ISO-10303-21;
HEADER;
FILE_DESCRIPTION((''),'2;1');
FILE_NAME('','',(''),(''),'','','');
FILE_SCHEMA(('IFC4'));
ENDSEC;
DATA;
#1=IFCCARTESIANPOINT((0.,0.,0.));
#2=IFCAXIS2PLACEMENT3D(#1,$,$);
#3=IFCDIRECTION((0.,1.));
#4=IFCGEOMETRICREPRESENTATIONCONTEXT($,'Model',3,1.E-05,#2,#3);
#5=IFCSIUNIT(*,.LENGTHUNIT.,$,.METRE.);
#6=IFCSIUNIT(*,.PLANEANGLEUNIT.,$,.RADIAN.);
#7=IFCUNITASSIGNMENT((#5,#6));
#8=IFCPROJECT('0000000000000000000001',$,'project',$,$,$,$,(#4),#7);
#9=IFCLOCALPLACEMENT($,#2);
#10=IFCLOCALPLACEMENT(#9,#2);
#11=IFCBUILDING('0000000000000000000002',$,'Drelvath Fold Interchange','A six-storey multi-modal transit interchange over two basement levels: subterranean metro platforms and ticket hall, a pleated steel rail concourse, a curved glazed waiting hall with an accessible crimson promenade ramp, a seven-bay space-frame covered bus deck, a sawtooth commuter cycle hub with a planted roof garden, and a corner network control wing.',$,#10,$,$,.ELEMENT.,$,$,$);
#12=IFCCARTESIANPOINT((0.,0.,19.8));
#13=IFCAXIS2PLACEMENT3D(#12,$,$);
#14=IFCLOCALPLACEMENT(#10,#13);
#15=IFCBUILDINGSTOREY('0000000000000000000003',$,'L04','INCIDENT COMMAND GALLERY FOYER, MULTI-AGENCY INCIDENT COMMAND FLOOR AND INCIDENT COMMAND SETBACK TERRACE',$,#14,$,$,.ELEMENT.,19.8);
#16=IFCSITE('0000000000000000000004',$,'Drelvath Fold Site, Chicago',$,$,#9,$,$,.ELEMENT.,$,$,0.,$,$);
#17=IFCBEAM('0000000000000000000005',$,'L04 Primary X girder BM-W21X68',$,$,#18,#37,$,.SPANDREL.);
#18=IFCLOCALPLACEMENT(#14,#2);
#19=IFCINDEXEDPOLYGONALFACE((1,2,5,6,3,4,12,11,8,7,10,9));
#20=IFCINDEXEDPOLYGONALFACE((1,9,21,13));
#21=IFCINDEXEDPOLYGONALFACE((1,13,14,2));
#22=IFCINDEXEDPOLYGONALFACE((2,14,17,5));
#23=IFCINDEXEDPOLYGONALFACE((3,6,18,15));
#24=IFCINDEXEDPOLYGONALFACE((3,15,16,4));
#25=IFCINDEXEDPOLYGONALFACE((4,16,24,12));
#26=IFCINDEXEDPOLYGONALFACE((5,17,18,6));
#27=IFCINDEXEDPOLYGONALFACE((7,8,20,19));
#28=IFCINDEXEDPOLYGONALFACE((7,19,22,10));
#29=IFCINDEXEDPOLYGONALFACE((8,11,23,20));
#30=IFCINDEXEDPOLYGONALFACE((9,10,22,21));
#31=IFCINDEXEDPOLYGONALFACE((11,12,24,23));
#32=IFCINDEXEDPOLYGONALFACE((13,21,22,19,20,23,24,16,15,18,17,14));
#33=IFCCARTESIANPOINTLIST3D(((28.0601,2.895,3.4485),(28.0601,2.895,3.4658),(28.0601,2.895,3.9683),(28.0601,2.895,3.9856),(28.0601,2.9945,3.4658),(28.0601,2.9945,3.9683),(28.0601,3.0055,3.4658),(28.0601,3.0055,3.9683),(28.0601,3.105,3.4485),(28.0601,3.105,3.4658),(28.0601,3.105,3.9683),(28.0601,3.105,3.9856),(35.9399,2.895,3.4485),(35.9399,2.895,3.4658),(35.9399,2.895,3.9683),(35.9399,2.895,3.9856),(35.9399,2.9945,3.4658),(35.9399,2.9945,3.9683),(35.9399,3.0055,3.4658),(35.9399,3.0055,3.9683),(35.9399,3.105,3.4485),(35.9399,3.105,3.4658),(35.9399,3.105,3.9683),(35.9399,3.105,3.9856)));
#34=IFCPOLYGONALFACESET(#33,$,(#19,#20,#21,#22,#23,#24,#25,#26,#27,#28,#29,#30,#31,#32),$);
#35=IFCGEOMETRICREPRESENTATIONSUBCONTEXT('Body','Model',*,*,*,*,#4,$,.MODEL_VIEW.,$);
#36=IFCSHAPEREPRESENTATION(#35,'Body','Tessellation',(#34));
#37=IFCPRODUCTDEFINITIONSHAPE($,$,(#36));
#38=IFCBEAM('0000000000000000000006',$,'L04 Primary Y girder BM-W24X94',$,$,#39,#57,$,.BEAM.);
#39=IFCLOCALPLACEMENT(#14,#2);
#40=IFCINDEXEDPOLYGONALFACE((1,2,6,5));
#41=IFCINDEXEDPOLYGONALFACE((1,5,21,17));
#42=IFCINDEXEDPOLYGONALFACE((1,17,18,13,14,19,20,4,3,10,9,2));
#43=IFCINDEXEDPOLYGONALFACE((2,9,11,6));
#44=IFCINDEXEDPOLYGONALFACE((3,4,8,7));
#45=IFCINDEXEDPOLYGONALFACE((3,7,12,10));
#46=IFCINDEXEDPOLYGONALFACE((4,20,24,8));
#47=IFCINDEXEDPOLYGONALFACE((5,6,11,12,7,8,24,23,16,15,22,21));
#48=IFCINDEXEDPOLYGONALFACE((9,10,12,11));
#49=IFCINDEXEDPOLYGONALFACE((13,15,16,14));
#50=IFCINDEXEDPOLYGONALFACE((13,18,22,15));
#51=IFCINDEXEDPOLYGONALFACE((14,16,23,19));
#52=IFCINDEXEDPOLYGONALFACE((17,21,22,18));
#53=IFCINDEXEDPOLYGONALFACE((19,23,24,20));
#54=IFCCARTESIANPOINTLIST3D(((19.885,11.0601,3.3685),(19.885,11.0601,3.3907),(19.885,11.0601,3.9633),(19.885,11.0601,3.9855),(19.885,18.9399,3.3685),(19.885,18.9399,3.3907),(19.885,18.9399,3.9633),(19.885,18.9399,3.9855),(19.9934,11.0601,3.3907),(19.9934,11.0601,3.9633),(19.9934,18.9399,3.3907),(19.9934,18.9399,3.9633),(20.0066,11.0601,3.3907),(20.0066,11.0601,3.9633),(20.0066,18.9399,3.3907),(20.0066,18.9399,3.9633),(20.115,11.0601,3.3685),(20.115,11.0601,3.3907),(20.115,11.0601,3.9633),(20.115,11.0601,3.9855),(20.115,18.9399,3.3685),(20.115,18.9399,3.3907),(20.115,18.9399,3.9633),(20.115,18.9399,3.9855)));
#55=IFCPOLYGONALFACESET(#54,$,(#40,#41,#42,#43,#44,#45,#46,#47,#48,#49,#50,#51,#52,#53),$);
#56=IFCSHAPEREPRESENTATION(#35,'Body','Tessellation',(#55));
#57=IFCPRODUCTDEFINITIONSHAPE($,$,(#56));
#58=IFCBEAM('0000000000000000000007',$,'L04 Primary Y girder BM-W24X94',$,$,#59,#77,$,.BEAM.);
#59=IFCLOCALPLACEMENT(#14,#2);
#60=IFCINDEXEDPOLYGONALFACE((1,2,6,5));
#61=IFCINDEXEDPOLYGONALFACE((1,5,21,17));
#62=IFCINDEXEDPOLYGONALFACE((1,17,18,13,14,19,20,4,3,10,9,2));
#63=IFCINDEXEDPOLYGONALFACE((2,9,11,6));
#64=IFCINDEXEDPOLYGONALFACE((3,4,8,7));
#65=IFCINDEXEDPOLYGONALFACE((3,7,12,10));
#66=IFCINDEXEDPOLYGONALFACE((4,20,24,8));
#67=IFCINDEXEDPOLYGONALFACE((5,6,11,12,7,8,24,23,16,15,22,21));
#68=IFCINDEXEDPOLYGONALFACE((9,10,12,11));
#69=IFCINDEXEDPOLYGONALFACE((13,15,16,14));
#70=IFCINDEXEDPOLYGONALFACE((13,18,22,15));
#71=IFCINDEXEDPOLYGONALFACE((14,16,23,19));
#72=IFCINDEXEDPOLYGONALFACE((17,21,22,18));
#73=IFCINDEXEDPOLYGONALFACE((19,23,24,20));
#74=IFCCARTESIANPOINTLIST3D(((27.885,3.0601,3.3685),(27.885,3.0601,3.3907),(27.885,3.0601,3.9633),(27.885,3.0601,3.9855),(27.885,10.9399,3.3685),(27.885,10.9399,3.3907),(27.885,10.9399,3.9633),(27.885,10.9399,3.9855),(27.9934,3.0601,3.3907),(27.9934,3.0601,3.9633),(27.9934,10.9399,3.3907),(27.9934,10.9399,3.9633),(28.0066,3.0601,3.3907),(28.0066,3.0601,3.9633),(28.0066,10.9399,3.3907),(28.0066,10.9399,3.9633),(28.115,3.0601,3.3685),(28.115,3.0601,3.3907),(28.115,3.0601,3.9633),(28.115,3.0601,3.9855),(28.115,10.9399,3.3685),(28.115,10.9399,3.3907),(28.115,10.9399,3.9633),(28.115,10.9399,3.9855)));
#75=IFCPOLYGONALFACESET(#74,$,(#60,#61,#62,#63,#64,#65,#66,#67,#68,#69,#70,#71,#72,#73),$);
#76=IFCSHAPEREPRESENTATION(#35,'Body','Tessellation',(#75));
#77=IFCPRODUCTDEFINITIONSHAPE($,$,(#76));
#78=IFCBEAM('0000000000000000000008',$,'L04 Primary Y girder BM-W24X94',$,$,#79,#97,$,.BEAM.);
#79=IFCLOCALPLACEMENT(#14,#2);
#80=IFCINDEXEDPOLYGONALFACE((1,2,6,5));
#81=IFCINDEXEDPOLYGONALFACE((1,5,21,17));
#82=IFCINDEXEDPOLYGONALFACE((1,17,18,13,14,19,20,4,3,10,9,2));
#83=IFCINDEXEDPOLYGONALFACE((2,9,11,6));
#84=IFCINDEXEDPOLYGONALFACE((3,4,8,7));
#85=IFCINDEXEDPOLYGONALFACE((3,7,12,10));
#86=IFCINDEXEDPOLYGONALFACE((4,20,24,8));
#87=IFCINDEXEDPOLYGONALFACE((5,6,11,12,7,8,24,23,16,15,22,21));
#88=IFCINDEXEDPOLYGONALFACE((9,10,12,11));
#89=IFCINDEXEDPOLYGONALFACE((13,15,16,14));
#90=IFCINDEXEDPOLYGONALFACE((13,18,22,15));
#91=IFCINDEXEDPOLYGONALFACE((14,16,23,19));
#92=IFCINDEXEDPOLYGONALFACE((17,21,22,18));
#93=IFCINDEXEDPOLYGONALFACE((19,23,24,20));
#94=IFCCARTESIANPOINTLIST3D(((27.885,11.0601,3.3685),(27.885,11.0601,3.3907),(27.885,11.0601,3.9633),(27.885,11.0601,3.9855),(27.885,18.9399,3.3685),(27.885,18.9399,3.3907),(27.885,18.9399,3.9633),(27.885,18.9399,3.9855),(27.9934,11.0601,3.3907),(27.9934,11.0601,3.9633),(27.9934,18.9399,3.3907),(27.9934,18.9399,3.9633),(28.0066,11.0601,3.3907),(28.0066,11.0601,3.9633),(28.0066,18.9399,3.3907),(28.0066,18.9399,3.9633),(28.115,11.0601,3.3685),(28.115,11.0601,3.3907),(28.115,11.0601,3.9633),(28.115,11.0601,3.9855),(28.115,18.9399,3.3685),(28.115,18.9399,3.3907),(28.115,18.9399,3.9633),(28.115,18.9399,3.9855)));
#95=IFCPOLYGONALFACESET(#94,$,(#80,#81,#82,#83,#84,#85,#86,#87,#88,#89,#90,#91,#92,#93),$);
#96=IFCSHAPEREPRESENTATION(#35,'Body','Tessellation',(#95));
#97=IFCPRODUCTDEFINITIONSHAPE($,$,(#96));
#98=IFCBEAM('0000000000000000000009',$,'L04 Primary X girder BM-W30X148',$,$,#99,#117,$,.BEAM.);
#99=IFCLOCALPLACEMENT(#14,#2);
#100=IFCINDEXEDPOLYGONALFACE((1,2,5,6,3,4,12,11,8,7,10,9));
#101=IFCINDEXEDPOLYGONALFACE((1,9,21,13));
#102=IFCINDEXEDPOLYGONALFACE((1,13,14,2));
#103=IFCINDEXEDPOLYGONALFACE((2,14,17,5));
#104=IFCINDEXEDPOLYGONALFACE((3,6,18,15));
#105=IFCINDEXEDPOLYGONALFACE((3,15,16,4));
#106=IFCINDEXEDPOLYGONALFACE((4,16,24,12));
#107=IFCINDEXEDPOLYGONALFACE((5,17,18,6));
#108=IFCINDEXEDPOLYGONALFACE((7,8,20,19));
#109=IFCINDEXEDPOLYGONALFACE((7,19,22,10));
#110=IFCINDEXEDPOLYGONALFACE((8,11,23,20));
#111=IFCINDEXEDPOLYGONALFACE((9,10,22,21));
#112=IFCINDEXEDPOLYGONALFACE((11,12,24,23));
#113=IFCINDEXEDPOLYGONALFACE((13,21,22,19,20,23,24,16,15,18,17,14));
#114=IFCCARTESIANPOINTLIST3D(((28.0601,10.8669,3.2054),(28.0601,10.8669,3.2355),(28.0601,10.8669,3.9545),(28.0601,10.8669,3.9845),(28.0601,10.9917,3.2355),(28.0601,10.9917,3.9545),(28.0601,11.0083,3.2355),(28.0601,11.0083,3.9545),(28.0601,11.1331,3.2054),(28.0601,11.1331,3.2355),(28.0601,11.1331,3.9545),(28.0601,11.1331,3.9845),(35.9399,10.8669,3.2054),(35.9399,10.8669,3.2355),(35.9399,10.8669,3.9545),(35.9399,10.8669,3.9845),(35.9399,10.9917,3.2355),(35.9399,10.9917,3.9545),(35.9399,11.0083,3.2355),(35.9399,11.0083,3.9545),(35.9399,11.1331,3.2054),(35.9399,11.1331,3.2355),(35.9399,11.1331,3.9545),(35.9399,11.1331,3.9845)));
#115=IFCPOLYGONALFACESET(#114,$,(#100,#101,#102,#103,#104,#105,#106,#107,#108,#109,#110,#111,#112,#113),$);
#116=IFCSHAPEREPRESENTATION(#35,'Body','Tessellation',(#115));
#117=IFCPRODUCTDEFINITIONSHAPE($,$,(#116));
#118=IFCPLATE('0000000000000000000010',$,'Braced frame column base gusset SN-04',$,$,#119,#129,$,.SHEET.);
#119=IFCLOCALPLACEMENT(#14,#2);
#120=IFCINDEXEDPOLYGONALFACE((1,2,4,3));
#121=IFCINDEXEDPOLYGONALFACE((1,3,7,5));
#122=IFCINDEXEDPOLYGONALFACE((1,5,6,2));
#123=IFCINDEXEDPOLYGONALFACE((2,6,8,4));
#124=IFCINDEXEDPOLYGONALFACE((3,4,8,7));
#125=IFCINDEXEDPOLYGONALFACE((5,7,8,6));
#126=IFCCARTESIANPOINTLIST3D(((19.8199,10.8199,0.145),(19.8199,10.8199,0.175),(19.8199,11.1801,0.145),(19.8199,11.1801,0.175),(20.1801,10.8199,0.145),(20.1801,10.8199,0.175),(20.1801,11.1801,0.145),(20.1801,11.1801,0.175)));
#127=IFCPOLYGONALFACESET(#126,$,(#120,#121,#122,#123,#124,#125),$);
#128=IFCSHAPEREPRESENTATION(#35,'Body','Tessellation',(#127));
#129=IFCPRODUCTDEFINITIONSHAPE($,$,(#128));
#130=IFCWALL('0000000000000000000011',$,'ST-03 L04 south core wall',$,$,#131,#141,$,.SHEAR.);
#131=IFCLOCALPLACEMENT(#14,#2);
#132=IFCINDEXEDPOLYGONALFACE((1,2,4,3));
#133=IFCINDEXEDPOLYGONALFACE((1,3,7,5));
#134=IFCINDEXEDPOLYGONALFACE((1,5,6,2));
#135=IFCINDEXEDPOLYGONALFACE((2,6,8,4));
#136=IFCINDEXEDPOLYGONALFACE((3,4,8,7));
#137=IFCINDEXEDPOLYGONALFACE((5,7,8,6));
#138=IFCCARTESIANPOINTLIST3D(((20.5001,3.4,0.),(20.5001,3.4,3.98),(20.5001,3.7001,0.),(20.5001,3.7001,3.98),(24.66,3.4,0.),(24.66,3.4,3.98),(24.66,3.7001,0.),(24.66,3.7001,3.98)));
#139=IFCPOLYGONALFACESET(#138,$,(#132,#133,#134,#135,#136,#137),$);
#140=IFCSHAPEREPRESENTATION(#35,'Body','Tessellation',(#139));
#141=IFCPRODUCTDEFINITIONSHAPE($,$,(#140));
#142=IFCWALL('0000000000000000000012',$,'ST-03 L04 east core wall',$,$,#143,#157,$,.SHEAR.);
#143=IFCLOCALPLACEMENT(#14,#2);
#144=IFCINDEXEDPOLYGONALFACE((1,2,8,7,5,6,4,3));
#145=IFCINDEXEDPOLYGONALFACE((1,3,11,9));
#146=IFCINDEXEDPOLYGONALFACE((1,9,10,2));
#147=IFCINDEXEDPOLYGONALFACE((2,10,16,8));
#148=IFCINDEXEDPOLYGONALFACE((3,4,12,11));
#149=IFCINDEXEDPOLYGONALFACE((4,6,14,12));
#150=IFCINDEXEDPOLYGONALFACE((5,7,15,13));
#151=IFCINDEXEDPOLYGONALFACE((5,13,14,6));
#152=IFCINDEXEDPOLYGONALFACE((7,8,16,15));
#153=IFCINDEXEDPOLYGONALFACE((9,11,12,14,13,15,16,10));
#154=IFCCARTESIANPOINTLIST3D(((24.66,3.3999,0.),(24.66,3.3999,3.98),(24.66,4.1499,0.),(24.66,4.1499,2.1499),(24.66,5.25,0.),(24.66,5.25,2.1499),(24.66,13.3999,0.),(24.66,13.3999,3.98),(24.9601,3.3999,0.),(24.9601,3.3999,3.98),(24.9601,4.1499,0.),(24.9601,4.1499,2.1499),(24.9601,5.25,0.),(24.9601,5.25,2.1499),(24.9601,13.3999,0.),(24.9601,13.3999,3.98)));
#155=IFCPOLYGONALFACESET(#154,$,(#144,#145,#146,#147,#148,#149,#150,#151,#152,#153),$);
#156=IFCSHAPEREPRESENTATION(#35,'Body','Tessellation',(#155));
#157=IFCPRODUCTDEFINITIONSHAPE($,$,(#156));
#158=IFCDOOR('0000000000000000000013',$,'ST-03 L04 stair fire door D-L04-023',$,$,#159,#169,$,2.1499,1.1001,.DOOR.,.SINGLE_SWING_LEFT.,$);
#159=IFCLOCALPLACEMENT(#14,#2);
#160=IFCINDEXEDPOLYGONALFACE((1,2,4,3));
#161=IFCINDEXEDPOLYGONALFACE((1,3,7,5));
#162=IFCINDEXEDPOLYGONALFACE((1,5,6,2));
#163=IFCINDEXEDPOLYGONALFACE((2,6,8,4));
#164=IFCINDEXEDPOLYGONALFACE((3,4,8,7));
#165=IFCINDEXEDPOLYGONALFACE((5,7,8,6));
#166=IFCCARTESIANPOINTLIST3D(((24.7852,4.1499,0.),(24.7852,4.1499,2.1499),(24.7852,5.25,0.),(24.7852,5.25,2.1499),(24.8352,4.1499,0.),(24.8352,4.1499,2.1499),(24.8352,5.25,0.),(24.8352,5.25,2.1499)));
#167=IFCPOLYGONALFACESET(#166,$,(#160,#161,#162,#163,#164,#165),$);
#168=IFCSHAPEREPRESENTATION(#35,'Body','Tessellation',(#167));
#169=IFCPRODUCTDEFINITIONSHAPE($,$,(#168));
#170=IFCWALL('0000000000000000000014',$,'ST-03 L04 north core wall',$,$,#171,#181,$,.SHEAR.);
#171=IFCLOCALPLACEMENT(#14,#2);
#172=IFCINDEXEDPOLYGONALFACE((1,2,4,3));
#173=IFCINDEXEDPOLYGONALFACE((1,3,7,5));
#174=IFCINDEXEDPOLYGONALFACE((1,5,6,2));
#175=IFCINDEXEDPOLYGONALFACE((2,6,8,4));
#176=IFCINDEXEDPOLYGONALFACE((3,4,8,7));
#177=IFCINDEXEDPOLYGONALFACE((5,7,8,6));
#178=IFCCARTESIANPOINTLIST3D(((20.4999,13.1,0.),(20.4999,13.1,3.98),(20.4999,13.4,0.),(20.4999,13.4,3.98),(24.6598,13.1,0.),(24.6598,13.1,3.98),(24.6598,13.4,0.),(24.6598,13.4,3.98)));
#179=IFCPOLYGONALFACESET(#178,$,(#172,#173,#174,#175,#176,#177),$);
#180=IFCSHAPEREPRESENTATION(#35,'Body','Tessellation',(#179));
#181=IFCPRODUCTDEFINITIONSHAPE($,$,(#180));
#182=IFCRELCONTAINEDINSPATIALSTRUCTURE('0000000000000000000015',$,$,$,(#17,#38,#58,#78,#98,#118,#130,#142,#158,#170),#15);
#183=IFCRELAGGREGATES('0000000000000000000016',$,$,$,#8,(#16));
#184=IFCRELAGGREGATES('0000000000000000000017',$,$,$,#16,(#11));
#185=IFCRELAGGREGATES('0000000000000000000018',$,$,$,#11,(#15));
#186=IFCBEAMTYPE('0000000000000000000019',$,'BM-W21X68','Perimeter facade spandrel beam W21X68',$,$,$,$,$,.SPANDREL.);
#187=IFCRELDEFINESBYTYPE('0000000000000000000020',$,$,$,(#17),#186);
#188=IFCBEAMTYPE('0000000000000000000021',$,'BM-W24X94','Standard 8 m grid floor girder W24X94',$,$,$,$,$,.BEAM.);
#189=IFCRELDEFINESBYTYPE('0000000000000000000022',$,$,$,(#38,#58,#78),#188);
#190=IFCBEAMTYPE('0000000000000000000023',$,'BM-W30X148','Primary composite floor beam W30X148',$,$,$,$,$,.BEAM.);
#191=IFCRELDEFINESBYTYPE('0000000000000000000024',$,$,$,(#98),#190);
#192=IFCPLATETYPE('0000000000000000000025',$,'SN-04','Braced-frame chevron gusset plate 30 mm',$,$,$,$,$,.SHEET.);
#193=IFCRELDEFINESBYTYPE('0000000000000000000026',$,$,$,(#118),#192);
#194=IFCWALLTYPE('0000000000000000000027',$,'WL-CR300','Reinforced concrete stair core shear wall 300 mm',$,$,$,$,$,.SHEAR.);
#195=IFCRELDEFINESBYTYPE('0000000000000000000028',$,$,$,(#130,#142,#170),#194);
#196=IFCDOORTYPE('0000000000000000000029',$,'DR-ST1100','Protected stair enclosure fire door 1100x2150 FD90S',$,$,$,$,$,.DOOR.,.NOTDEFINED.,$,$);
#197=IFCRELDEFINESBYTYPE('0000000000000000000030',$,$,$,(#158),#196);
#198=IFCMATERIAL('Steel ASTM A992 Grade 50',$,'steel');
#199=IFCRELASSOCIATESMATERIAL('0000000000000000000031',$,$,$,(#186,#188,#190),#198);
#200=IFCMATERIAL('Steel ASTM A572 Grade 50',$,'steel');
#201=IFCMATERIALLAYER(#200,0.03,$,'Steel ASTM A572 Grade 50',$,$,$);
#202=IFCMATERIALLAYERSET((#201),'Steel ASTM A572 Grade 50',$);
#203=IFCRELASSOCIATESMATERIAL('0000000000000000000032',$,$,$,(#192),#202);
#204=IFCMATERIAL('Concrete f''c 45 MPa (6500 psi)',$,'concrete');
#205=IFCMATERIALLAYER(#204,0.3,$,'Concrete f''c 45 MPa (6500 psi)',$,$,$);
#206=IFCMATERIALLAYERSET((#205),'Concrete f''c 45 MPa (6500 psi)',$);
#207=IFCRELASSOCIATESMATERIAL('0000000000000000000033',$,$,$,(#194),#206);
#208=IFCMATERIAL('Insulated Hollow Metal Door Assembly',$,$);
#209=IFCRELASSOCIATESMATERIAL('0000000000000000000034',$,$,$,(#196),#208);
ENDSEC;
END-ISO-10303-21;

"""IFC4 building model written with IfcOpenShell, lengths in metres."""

from ifc_helpers import new_model, si_unit, direction, frame, frame_2d, origin, origin_2d, place, context, subcontext, project, spatial, rectangle, i_section, extrude, material, layer, layer_set, material_profile, profile_set, type_object, element, fill, save


model = new_model("IFC4")

# Units and contexts
model_context = context("Model", 3, precision=1e-05, world=origin(), true_north=direction((0.0, 1.0)))
body_context = subcontext(model_context, "Body", "Model", "MODEL_VIEW")
ifc_project = project(units=[si_unit("LENGTHUNIT", "METRE"), si_unit("PLANEANGLEUNIT", "RADIAN")], contexts=[model_context])

# Site, building, storey
site_placement = place(None, origin())
site = spatial("IfcSite", under=ifc_project, at=site_placement, Name="Drelvath Fold Site, Chicago", CompositionType="ELEMENT", RefElevation=0.0)
building_placement = place(site_placement, origin())
building = spatial("IfcBuilding", under=site, at=building_placement, Name="Drelvath Fold Interchange", Description="A six-storey multi-modal transit interchange over two basement levels: subterranean metro platforms and ticket hall, a pleated steel rail concourse, a curved glazed waiting hall with an accessible crimson promenade ramp, a seven-bay space-frame covered bus deck, a sawtooth commuter cycle hub with a planted roof garden, and a corner network control wing.", CompositionType="ELEMENT")
storey_placement = place(building_placement, frame((0.0, 0.0, 19.8)))
storey = spatial("IfcBuildingStorey", under=building, at=storey_placement, Name="L04", Description="INCIDENT COMMAND GALLERY FOYER, MULTI-AGENCY INCIDENT COMMAND FLOOR AND INCIDENT COMMAND SETBACK TERRACE", CompositionType="ELEMENT", Elevation=19.8)

# Shared definitions
ifc_material_1 = material(Name="Steel ASTM A992 Grade 50", Category="steel")

# Beams
ifc_material_profile_1 = material_profile(ifc_material_1, i_section(OverallWidth=0.21, OverallDepth=0.5371, WebThickness=0.011, FlangeThickness=0.0173, at=origin_2d()), Name="W21X68")
ifc_profile_set_1 = profile_set([ifc_material_profile_1], Name="Steel ASTM A992 Grade 50")
beam_type_1 = type_object("IfcBeamType", Name="BM-W21X68", Description="Perimeter facade spandrel beam W21X68", PredefinedType="SPANDREL", material=ifc_profile_set_1)
for number, where, z_axis, x_axis, name in (
    (1, (28.0601, 3.0, 3.717), (1.0, 0.0, 0.0), (0.0, 1.0, 0.0), "L04 Primary X girder BM-W21X68"),
):
    element("IfcBeam", number, at=place(storey_placement, frame(where, z_axis=z_axis, x_axis=x_axis)), inside=storey, type_object=beam_type_1, Name=name, PredefinedType="SPANDREL", context=body_context, shape_type="SweptSolid", body=[
        extrude(i_section(OverallWidth=0.21, OverallDepth=0.5371, WebThickness=0.011, FlangeThickness=0.0173, at=origin_2d()), origin(), (0.0, 0.0, 1.0), 7.8799),
    ])
ifc_material_profile_2 = material_profile(ifc_material_1, i_section(OverallWidth=0.23, OverallDepth=0.6169, WebThickness=0.0132, FlangeThickness=0.0222, at=origin_2d()), Name="W24X94")
ifc_profile_set_2 = profile_set([ifc_material_profile_2], Name="Steel ASTM A992 Grade 50")
beam_type_2 = type_object("IfcBeamType", Name="BM-W24X94", Description="Standard 8 m grid floor girder W24X94", PredefinedType="BEAM", material=ifc_profile_set_2)
for number, where, z_axis, x_axis, name in (
    (2, (20.0, 11.0601, 3.677), (0.0, 1.0, 0.0), (-1.0, 0.0, 0.0), "L04 Primary Y girder BM-W24X94"),
    (3, (28.0, 3.0601, 3.677), (0.0, 1.0, 0.0), (-1.0, 0.0, 0.0), "L04 Primary Y girder BM-W24X94"),
    (4, (28.0, 11.0601, 3.677), (0.0, 1.0, 0.0), (-1.0, 0.0, 0.0), "L04 Primary Y girder BM-W24X94"),
):
    element("IfcBeam", number, at=place(storey_placement, frame(where, z_axis=z_axis, x_axis=x_axis)), inside=storey, type_object=beam_type_2, Name=name, PredefinedType="BEAM", context=body_context, shape_type="SweptSolid", body=[
        extrude(i_section(OverallWidth=0.23, OverallDepth=0.6169, WebThickness=0.0132, FlangeThickness=0.0222, at=origin_2d()), origin(), (0.0, 0.0, 1.0), 7.8799),
    ])
ifc_material_profile_3 = material_profile(ifc_material_1, i_section(OverallWidth=0.2661, OverallDepth=0.7791, WebThickness=0.0166, FlangeThickness=0.03, at=origin_2d()), Name="W30X148")
ifc_profile_set_3 = profile_set([ifc_material_profile_3], Name="Steel ASTM A992 Grade 50")
beam_type_3 = type_object("IfcBeamType", Name="BM-W30X148", Description="Primary composite floor beam W30X148", PredefinedType="BEAM", material=ifc_profile_set_3)
beam_placement = place(storey_placement, frame((28.0601, 11.0, 3.595), z_axis=(1.0, 0.0, 0.0), x_axis=(0.0, 1.0, 0.0)))
element("IfcBeam", 5, at=beam_placement, inside=storey, type_object=beam_type_3, Name="L04 Primary X girder BM-W30X148", PredefinedType="BEAM", context=body_context, shape_type="SweptSolid", body=[
    extrude(i_section(OverallWidth=0.2661, OverallDepth=0.7791, WebThickness=0.0166, FlangeThickness=0.03, at=origin_2d()), origin(), (0.0, 0.0, 1.0), 7.8799),
])

# Plate
ifc_material_2 = material(Name="Steel ASTM A572 Grade 50", Category="steel")
ifc_layer_1 = layer(ifc_material_2, 0.03, Name="Steel ASTM A572 Grade 50")
ifc_layer_set_1 = layer_set([ifc_layer_1], Name="Steel ASTM A572 Grade 50")
plate_type = type_object("IfcPlateType", Name="SN-04", Description="Braced-frame chevron gusset plate 30 mm", PredefinedType="SHEET", material=ifc_layer_set_1)
plate_placement = place(storey_placement, frame((20.0, 11.0, 0.145), z_axis=(0.0, 0.0, 1.0), x_axis=(1.0, 0.0, 0.0)))
element("IfcPlate", 6, at=plate_placement, inside=storey, type_object=plate_type, Name="Braced frame column base gusset SN-04", PredefinedType="SHEET", context=body_context, shape_type="SweptSolid", body=[
    extrude(rectangle(XDim=0.3601, YDim=0.3601, at=origin_2d()), origin(), (0.0, 0.0, 1.0), 0.03),
])

# Wall
ifc_material_3 = material(Name="Concrete f'c 45 MPa (6500 psi)", Category="concrete")
ifc_layer_2 = layer(ifc_material_3, 0.3, Name="Concrete f'c 45 MPa (6500 psi)")
ifc_layer_set_2 = layer_set([ifc_layer_2], Name="Concrete f'c 45 MPa (6500 psi)")
wall_type_1 = type_object("IfcWallType", Name="WL-CR300", Description="Reinforced concrete stair core shear wall 300 mm", PredefinedType="SHEAR", material=ifc_layer_set_2)
wall_1_placement = place(storey_placement, frame((20.5, 3.55, 0.0), z_axis=(0.0, 0.0, 1.0), x_axis=(1.0, 0.0, 0.0)))
element("IfcWall", 7, at=wall_1_placement, inside=storey, type_object=wall_type_1, Name="ST-03 L04 south core wall", PredefinedType="SHEAR", context=body_context, shape_type="SweptSolid", body=[
    extrude(rectangle(XDim=4.1599, YDim=0.3, at=frame_2d((2.0801, 0.0))), origin(), (0.0, 0.0, 1.0), 3.98),
])

# Wall, opening, door
wall_2_placement = place(storey_placement, frame((24.8101, 3.3999, 0.0), z_axis=(0.0, 0.0, 1.0), x_axis=(0.0, 1.0, 0.0)))
wall_2 = element("IfcWall", 8, at=wall_2_placement, inside=storey, type_object=wall_type_1, Name="ST-03 L04 east core wall", PredefinedType="SHEAR", context=body_context, shape_type="SweptSolid", body=[
    extrude(rectangle(XDim=10.0, YDim=0.3, at=frame_2d((5.0, 0.0))), origin(), (0.0, 0.0, 1.0), 3.98),
])
opening_1_placement = place(wall_2_placement, frame((0.75, 0.0, 0.0)))
opening_1 = element("IfcOpeningElement", 9, at=opening_1_placement, cuts=wall_2, PredefinedType="OPENING", context=body_context, shape_type="SweptSolid", body=[
    extrude(rectangle(XDim=1.1001, YDim=2.1499, at=frame_2d((0.55, 1.075))), frame((0.0, 0.1599, 0.0), z_axis=(0.0, -1.0, 0.0), x_axis=(1.0, 0.0, 0.0)), (0.0, 0.0, 1.0), 0.3201),
])
ifc_material_4 = material(Name="Insulated Hollow Metal Door Assembly")
door_type_1 = type_object("IfcDoorType", Name="DR-ST1100", Description="Protected stair enclosure fire door 1100x2150 FD90S", OperationType="NOTDEFINED", PredefinedType="DOOR", material=ifc_material_4)
door_1_placement = place(opening_1_placement, origin())
door_1 = element("IfcDoor", 10, at=door_1_placement, inside=storey, type_object=door_type_1, Name="ST-03 L04 stair fire door D-L04-023", OperationType="SINGLE_SWING_LEFT", OverallHeight=2.1499, OverallWidth=1.1001, PredefinedType="DOOR", context=body_context, shape_type="SweptSolid", body=[
    extrude(rectangle(XDim=1.1001, YDim=2.1499, at=frame_2d((0.55, 1.075))), frame((0.0, 0.0249, 0.0), z_axis=(0.0, -1.0, 0.0), x_axis=(1.0, 0.0, 0.0)), (0.0, 0.0, 1.0), 0.05),
])
fill(opening_1, door_1)

# Wall
wall_3_placement = place(storey_placement, frame((24.6599, 13.25, 0.0), z_axis=(0.0, 0.0, 1.0), x_axis=(-1.0, 0.0, 0.0)))
element("IfcWall", 11, at=wall_3_placement, inside=storey, type_object=wall_type_1, Name="ST-03 L04 north core wall", PredefinedType="SHEAR", context=body_context, shape_type="SweptSolid", body=[
    extrude(rectangle(XDim=4.1599, YDim=0.3, at=frame_2d((2.0801, 0.0))), origin(), (0.0, 0.0, 1.0), 3.98),
])

save(model, "model.ifc")
